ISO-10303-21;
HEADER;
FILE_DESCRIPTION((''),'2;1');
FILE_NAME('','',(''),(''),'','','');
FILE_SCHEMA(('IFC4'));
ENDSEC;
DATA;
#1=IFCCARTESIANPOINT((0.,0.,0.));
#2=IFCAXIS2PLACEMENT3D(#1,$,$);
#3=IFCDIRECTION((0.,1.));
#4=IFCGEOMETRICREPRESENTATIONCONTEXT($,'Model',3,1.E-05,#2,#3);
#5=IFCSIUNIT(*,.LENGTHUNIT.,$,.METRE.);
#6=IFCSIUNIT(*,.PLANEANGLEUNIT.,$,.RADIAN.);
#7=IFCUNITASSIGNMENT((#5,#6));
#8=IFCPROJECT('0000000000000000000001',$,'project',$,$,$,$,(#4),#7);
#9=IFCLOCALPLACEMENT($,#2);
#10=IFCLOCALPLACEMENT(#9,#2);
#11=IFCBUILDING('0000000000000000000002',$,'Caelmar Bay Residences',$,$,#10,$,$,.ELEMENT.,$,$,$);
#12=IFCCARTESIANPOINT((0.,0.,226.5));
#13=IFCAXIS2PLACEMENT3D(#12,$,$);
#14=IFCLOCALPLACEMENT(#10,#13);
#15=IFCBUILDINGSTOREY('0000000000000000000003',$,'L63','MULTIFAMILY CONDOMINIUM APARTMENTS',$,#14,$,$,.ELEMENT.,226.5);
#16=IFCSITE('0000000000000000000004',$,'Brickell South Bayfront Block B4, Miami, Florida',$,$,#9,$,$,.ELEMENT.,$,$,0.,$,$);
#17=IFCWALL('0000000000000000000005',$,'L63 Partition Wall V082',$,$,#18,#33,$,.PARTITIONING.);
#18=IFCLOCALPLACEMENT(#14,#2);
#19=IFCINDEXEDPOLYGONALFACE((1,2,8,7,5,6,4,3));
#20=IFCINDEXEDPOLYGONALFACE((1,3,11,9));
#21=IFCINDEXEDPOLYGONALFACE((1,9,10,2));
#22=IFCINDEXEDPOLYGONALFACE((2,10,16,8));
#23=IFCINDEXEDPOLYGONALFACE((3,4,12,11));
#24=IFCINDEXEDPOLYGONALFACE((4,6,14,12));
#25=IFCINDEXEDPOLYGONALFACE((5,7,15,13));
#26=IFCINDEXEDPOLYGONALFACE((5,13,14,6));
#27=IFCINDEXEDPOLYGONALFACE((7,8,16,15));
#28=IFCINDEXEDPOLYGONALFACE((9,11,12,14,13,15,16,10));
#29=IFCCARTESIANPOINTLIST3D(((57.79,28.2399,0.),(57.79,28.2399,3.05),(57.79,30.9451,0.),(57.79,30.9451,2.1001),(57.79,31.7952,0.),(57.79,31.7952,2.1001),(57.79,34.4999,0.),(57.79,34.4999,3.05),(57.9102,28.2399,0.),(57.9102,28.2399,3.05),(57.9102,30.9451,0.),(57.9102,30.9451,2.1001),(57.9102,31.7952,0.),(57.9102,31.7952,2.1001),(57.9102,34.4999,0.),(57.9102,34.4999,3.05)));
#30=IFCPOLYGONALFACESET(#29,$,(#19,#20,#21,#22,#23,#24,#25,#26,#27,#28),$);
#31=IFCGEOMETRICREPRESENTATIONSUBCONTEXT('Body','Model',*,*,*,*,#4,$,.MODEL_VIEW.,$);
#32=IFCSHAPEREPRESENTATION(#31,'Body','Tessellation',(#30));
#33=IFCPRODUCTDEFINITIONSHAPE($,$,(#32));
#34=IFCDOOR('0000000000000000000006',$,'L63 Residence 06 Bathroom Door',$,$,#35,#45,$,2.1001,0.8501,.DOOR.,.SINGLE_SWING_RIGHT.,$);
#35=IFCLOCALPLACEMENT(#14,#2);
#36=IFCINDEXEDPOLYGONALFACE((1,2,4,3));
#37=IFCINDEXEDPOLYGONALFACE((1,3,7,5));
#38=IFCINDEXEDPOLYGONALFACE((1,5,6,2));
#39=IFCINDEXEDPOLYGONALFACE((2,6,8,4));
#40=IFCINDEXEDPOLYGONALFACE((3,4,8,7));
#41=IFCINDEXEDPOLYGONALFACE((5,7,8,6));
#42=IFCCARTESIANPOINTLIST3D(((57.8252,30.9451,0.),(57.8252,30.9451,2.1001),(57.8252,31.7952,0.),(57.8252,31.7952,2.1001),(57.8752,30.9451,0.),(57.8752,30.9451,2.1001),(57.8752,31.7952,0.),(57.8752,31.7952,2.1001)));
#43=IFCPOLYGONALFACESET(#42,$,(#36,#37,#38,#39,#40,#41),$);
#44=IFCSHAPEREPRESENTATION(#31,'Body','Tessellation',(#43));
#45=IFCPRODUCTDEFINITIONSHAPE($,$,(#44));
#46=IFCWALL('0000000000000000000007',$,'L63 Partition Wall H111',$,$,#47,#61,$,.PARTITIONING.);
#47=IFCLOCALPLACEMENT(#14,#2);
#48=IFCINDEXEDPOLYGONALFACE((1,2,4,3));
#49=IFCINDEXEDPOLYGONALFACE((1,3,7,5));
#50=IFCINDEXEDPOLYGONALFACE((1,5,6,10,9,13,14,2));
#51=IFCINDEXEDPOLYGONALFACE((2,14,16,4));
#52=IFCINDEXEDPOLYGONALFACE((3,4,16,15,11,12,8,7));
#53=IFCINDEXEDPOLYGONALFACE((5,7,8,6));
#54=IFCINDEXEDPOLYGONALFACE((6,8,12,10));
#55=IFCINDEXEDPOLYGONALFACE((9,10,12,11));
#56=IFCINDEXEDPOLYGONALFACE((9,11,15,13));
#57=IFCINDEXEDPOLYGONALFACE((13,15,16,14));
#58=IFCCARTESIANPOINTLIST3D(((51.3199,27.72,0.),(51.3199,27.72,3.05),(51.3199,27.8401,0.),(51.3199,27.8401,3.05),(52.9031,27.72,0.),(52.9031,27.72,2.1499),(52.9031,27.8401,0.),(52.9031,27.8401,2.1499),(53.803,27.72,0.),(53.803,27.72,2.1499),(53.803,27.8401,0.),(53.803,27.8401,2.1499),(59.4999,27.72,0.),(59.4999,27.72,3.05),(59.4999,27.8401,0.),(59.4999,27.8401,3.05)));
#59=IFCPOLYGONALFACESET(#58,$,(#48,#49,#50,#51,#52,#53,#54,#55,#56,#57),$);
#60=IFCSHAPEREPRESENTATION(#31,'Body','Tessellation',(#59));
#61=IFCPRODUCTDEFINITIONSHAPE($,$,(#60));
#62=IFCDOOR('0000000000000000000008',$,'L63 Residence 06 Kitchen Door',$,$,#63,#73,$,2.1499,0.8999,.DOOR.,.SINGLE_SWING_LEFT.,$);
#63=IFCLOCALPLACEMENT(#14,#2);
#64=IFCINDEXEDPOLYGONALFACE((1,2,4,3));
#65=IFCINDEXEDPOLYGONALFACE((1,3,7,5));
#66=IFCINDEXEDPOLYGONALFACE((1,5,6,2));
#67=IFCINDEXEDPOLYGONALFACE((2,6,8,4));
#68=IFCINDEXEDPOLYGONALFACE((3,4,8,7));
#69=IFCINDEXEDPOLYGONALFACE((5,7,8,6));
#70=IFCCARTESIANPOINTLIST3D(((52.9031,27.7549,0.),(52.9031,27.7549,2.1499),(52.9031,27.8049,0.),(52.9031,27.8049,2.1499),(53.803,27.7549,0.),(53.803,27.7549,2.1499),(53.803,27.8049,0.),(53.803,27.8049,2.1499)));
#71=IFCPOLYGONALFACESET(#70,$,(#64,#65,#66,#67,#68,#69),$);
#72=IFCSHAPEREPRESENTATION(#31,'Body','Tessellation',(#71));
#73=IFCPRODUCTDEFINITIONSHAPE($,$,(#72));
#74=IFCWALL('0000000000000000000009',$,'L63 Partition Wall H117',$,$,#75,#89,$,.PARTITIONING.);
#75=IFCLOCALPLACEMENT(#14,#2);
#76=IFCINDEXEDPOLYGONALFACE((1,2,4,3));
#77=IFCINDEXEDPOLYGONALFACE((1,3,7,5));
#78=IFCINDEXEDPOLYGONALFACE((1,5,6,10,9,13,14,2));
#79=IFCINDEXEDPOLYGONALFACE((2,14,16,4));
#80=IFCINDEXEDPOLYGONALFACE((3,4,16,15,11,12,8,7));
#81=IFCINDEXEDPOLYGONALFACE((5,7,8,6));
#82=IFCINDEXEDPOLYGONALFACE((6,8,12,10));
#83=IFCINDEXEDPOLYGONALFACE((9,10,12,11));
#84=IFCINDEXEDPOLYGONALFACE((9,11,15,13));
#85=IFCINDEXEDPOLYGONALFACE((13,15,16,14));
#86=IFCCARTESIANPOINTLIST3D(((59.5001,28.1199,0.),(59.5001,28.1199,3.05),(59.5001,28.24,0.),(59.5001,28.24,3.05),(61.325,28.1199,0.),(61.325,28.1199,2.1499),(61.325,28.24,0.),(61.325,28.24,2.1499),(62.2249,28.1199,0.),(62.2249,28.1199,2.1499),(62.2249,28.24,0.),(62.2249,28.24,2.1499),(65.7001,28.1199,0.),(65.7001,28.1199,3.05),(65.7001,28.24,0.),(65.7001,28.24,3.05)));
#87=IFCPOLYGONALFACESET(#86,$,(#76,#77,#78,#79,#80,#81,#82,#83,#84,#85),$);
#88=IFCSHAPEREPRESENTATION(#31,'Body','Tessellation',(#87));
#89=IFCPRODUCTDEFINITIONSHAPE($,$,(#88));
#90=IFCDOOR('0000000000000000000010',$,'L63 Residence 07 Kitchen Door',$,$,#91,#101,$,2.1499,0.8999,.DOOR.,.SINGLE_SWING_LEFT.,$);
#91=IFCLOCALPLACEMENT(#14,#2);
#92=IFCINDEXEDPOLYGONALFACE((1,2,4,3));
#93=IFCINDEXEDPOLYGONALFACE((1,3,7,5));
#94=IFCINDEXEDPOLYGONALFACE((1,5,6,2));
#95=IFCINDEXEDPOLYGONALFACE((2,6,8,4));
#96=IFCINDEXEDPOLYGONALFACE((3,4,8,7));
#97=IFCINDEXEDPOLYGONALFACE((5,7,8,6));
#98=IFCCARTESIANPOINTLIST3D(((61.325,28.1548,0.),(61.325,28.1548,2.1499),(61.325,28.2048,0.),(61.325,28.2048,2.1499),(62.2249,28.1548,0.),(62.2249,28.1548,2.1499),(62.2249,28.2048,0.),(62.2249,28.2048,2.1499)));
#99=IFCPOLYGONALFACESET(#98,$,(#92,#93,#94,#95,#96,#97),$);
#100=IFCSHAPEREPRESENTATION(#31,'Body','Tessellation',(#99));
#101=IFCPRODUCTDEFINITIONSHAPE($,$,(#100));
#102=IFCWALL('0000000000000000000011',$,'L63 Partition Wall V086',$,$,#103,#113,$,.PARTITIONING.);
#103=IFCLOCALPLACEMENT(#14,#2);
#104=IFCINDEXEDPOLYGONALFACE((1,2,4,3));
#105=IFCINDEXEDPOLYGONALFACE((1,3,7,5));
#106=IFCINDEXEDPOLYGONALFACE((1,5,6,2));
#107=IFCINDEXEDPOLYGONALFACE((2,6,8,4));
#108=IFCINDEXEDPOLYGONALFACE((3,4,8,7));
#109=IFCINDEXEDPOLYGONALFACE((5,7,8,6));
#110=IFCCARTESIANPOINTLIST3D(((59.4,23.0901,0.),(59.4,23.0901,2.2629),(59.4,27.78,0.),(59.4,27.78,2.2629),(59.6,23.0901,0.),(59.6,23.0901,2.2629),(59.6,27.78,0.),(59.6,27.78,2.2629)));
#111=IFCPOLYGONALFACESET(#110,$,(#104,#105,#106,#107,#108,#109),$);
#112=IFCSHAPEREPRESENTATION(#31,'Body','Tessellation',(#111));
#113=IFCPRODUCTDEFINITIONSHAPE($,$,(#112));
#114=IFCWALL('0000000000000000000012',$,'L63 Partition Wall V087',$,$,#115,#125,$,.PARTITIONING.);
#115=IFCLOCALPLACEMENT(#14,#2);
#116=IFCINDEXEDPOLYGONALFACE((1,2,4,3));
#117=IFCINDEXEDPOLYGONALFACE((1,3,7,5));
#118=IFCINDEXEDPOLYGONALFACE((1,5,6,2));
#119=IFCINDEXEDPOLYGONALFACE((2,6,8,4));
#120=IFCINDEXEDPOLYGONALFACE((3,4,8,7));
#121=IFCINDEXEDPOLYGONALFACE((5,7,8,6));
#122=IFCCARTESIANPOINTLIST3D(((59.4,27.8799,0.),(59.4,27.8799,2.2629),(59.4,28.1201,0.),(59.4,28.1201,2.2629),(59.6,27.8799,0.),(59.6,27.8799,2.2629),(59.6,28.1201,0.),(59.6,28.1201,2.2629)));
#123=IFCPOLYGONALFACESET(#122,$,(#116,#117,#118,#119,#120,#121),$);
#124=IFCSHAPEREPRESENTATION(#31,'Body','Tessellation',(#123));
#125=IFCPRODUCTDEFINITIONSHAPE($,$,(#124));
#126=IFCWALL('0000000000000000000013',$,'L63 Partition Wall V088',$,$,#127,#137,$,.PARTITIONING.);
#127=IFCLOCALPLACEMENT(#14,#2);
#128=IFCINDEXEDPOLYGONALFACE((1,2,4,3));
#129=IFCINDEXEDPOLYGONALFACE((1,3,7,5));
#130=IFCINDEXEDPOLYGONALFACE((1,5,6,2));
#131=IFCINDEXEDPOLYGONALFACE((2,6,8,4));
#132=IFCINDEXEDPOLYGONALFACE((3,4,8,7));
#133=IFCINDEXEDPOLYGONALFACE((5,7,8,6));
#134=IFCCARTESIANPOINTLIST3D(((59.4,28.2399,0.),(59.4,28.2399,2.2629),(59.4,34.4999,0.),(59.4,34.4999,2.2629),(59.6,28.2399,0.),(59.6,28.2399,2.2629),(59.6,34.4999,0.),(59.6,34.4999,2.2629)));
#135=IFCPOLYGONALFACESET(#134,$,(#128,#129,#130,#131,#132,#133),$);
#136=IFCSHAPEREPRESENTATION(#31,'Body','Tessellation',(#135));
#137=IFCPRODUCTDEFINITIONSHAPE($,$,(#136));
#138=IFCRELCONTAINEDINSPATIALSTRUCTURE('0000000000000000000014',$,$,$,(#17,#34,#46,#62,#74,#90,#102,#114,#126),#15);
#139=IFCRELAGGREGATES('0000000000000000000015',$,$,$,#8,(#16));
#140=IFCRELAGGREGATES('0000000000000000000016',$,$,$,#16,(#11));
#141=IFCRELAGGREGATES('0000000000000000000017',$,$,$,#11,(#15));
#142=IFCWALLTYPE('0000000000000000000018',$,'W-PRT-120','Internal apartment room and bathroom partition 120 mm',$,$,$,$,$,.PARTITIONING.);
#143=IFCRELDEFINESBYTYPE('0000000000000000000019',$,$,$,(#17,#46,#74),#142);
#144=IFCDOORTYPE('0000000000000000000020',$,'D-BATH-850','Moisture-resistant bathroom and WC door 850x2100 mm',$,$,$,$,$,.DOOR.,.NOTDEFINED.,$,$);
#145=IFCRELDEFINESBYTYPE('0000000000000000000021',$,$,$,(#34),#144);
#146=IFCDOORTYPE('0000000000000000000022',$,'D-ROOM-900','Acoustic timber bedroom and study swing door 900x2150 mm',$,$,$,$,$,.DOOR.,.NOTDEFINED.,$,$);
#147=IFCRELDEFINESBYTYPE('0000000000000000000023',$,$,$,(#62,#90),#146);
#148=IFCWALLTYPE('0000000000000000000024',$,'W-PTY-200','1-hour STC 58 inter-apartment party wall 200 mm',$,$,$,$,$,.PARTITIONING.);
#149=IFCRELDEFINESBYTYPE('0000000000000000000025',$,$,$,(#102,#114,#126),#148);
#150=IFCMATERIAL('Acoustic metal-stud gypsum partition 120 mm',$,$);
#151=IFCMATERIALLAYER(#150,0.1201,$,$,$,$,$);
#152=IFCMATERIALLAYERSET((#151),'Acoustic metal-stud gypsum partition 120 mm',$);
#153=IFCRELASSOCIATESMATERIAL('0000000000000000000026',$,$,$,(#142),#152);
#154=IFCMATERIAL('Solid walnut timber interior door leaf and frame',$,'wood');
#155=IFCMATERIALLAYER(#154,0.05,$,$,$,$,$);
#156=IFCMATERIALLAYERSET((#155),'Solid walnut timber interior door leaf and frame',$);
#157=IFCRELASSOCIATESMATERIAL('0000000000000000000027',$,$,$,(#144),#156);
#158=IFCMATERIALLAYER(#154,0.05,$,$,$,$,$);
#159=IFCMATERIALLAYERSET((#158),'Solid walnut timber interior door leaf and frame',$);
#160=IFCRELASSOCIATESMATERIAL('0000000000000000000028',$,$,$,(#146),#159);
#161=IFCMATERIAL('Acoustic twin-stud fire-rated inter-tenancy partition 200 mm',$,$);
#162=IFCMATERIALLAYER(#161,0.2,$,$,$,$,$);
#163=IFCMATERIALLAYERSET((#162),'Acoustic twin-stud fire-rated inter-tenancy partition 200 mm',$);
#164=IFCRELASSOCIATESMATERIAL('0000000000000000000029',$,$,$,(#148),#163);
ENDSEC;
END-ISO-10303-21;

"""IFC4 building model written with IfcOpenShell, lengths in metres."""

from ifc_helpers import new_model, si_unit, direction, frame, frame_2d, origin, place, context, subcontext, project, spatial, rectangle, extrude, material, layer, layer_set, type_object, element, fill, save


model = new_model("IFC4")

# Units and contexts
model_context = context("Model", 3, precision=1e-05, world=origin(), true_north=direction((0.0, 1.0)))
body_context = subcontext(model_context, "Body", "Model", "MODEL_VIEW")
ifc_project = project(units=[si_unit("LENGTHUNIT", "METRE"), si_unit("PLANEANGLEUNIT", "RADIAN")], contexts=[model_context])

# Site, building, storey
site_placement = place(None, origin())
site = spatial("IfcSite", under=ifc_project, at=site_placement, Name="Brickell South Bayfront Block B4, Miami, Florida", CompositionType="ELEMENT", RefElevation=0.0)
building_placement = place(site_placement, origin())
building = spatial("IfcBuilding", under=site, at=building_placement, Name="Caelmar Bay Residences", CompositionType="ELEMENT")
storey_placement = place(building_placement, frame((0.0, 0.0, 226.5)))
storey = spatial("IfcBuildingStorey", under=building, at=storey_placement, Name="L63", Description="MULTIFAMILY CONDOMINIUM APARTMENTS", CompositionType="ELEMENT", Elevation=226.5)

# Shared definitions
ifc_material_1 = material(Name="Acoustic metal-stud gypsum partition 120 mm")
ifc_layer_1 = layer(ifc_material_1, 0.1201)
ifc_layer_set_1 = layer_set([ifc_layer_1], Name="Acoustic metal-stud gypsum partition 120 mm")
wall_type_1 = type_object("IfcWallType", Name="W-PRT-120", Description="Internal apartment room and bathroom partition 120 mm", PredefinedType="PARTITIONING", material=ifc_layer_set_1)

# Shared definitions
ifc_material_2 = material(Name="Solid walnut timber interior door leaf and frame", Category="wood")
ifc_layer_2 = layer(ifc_material_2, 0.05)
ifc_layer_set_2 = layer_set([ifc_layer_2], Name="Solid walnut timber interior door leaf and frame")
door_type_1 = type_object("IfcDoorType", Name="D-BATH-850", Description="Moisture-resistant bathroom and WC door 850x2100 mm", OperationType="NOTDEFINED", PredefinedType="DOOR", material=ifc_layer_set_2)
ifc_layer_3 = layer(ifc_material_2, 0.05)
ifc_layer_set_3 = layer_set([ifc_layer_3], Name="Solid walnut timber interior door leaf and frame")
door_type_2 = type_object("IfcDoorType", Name="D-ROOM-900", Description="Acoustic timber bedroom and study swing door 900x2150 mm", OperationType="NOTDEFINED", PredefinedType="DOOR", material=ifc_layer_set_3)

# Walls, openings, doors
wall_1_placement = place(storey_placement, frame((57.8501, 28.24, 0.0), z_axis=(0.0, 0.0, 1.0), x_axis=(0.0, 1.0, 0.0)))
wall_1 = element("IfcWall", 1, at=wall_1_placement, inside=storey, type_object=wall_type_1, Name="L63 Partition Wall V082", PredefinedType="PARTITIONING", context=body_context, shape_type="SweptSolid", body=[
    extrude(rectangle(XDim=6.26, YDim=0.1201, at=frame_2d((3.1299, 0.0))), origin(), (0.0, 0.0, 1.0), 3.05),
])
opening_1_placement = place(wall_1_placement, frame((2.7051, 0.0, 0.0)))
opening_1 = element("IfcOpeningElement", 2, at=opening_1_placement, cuts=wall_1, PredefinedType="OPENING", context=body_context, shape_type="SweptSolid", body=[
    extrude(rectangle(XDim=0.8501, YDim=2.1001, at=frame_2d((0.425, 1.05))), frame((0.0, 0.0701, 0.0), z_axis=(0.0, -1.0, 0.0), x_axis=(1.0, 0.0, 0.0)), (0.0, 0.0, 1.0), 0.1401),
])
door_1_placement = place(opening_1_placement, origin())
door_1 = element("IfcDoor", 3, at=door_1_placement, inside=storey, type_object=door_type_1, Name="L63 Residence 06 Bathroom Door", OperationType="SINGLE_SWING_RIGHT", OverallHeight=2.1001, OverallWidth=0.8501, PredefinedType="DOOR", context=body_context, shape_type="SweptSolid", body=[
    extrude(rectangle(XDim=0.8501, YDim=2.1001, at=frame_2d((0.425, 1.05))), frame((0.0, 0.0249, 0.0), z_axis=(0.0, -1.0, 0.0), x_axis=(1.0, 0.0, 0.0)), (0.0, 0.0, 1.0), 0.05),
])
fill(opening_1, door_1)
wall_2_placement = place(storey_placement, frame((51.3201, 27.78, 0.0), z_axis=(0.0, 0.0, 1.0), x_axis=(1.0, 0.0, 0.0)))
wall_2 = element("IfcWall", 4, at=wall_2_placement, inside=storey, type_object=wall_type_1, Name="L63 Partition Wall H111", PredefinedType="PARTITIONING", context=body_context, shape_type="SweptSolid", body=[
    extrude(rectangle(XDim=8.1799, YDim=0.1201, at=frame_2d((4.0898, 0.0))), origin(), (0.0, 0.0, 1.0), 3.05),
])
opening_2_placement = place(wall_2_placement, frame((1.583, 0.0, 0.0)))
opening_2 = element("IfcOpeningElement", 5, at=opening_2_placement, cuts=wall_2, PredefinedType="OPENING", context=body_context, shape_type="SweptSolid", body=[
    extrude(rectangle(XDim=0.8999, YDim=2.1499, at=frame_2d((0.45, 1.075))), frame((0.0, 0.0701, 0.0), z_axis=(0.0, -1.0, 0.0), x_axis=(1.0, 0.0, 0.0)), (0.0, 0.0, 1.0), 0.1401),
])
door_2_placement = place(opening_2_placement, origin())
door_2 = element("IfcDoor", 6, at=door_2_placement, inside=storey, type_object=door_type_2, Name="L63 Residence 06 Kitchen Door", OperationType="SINGLE_SWING_LEFT", OverallHeight=2.1499, OverallWidth=0.8999, PredefinedType="DOOR", context=body_context, shape_type="SweptSolid", body=[
    extrude(rectangle(XDim=0.8999, YDim=2.1499, at=frame_2d((0.45, 1.075))), frame((0.0, 0.0249, 0.0), z_axis=(0.0, -1.0, 0.0), x_axis=(1.0, 0.0, 0.0)), (0.0, 0.0, 1.0), 0.05),
])
fill(opening_2, door_2)
wall_3_placement = place(storey_placement, frame((59.5, 28.1799, 0.0), z_axis=(0.0, 0.0, 1.0), x_axis=(1.0, 0.0, 0.0)))
wall_3 = element("IfcWall", 7, at=wall_3_placement, inside=storey, type_object=wall_type_1, Name="L63 Partition Wall H117", PredefinedType="PARTITIONING", context=body_context, shape_type="SweptSolid", body=[
    extrude(rectangle(XDim=6.2, YDim=0.1201, at=frame_2d((3.1001, 0.0))), origin(), (0.0, 0.0, 1.0), 3.05),
])
opening_3_placement = place(wall_3_placement, frame((1.825, 0.0, 0.0)))
opening_3 = element("IfcOpeningElement", 8, at=opening_3_placement, cuts=wall_3, PredefinedType="OPENING", context=body_context, shape_type="SweptSolid", body=[
    extrude(rectangle(XDim=0.8999, YDim=2.1499, at=frame_2d((0.45, 1.075))), frame((0.0, 0.0701, 0.0), z_axis=(0.0, -1.0, 0.0), x_axis=(1.0, 0.0, 0.0)), (0.0, 0.0, 1.0), 0.1401),
])
door_3_placement = place(opening_3_placement, origin())
door_3 = element("IfcDoor", 9, at=door_3_placement, inside=storey, type_object=door_type_2, Name="L63 Residence 07 Kitchen Door", OperationType="SINGLE_SWING_LEFT", OverallHeight=2.1499, OverallWidth=0.8999, PredefinedType="DOOR", context=body_context, shape_type="SweptSolid", body=[
    extrude(rectangle(XDim=0.8999, YDim=2.1499, at=frame_2d((0.45, 1.075))), frame((0.0, 0.0249, 0.0), z_axis=(0.0, -1.0, 0.0), x_axis=(1.0, 0.0, 0.0)), (0.0, 0.0, 1.0), 0.05),
])
fill(opening_3, door_3)

# Walls
ifc_material_3 = material(Name="Acoustic twin-stud fire-rated inter-tenancy partition 200 mm")
ifc_layer_4 = layer(ifc_material_3, 0.2)
ifc_layer_set_4 = layer_set([ifc_layer_4], Name="Acoustic twin-stud fire-rated inter-tenancy partition 200 mm")
wall_type_2 = type_object("IfcWallType", Name="W-PTY-200", Description="1-hour STC 58 inter-apartment party wall 200 mm", PredefinedType="PARTITIONING", material=ifc_layer_set_4)
wall_4_placement = place(storey_placement, frame((59.5, 23.0901, 0.0), z_axis=(0.0, 0.0, 1.0), x_axis=(0.0, 1.0, 0.0)))
element("IfcWall", 10, at=wall_4_placement, inside=storey, type_object=wall_type_2, Name="L63 Partition Wall V086", PredefinedType="PARTITIONING", context=body_context, shape_type="SweptSolid", body=[
    extrude(rectangle(XDim=4.6899, YDim=0.2, at=frame_2d((2.345, 0.0))), origin(), (0.0, 0.0, 1.0), 2.2629),
])
wall_5_placement = place(storey_placement, frame((59.5, 27.8799, 0.0), z_axis=(0.0, 0.0, 1.0), x_axis=(0.0, 1.0, 0.0)))
element("IfcWall", 11, at=wall_5_placement, inside=storey, type_object=wall_type_2, Name="L63 Partition Wall V087", PredefinedType="PARTITIONING", context=body_context, shape_type="SweptSolid", body=[
    extrude(rectangle(XDim=0.2402, YDim=0.2, at=frame_2d((0.1201, 0.0))), origin(), (0.0, 0.0, 1.0), 2.2629),
])
wall_6_placement = place(storey_placement, frame((59.5, 28.24, 0.0), z_axis=(0.0, 0.0, 1.0), x_axis=(0.0, 1.0, 0.0)))
element("IfcWall", 12, at=wall_6_placement, inside=storey, type_object=wall_type_2, Name="L63 Partition Wall V088", PredefinedType="PARTITIONING", context=body_context, shape_type="SweptSolid", body=[
    extrude(rectangle(XDim=6.26, YDim=0.2, at=frame_2d((3.1299, 0.0))), origin(), (0.0, 0.0, 1.0), 2.2629),
])

save(model, "model.ifc")
